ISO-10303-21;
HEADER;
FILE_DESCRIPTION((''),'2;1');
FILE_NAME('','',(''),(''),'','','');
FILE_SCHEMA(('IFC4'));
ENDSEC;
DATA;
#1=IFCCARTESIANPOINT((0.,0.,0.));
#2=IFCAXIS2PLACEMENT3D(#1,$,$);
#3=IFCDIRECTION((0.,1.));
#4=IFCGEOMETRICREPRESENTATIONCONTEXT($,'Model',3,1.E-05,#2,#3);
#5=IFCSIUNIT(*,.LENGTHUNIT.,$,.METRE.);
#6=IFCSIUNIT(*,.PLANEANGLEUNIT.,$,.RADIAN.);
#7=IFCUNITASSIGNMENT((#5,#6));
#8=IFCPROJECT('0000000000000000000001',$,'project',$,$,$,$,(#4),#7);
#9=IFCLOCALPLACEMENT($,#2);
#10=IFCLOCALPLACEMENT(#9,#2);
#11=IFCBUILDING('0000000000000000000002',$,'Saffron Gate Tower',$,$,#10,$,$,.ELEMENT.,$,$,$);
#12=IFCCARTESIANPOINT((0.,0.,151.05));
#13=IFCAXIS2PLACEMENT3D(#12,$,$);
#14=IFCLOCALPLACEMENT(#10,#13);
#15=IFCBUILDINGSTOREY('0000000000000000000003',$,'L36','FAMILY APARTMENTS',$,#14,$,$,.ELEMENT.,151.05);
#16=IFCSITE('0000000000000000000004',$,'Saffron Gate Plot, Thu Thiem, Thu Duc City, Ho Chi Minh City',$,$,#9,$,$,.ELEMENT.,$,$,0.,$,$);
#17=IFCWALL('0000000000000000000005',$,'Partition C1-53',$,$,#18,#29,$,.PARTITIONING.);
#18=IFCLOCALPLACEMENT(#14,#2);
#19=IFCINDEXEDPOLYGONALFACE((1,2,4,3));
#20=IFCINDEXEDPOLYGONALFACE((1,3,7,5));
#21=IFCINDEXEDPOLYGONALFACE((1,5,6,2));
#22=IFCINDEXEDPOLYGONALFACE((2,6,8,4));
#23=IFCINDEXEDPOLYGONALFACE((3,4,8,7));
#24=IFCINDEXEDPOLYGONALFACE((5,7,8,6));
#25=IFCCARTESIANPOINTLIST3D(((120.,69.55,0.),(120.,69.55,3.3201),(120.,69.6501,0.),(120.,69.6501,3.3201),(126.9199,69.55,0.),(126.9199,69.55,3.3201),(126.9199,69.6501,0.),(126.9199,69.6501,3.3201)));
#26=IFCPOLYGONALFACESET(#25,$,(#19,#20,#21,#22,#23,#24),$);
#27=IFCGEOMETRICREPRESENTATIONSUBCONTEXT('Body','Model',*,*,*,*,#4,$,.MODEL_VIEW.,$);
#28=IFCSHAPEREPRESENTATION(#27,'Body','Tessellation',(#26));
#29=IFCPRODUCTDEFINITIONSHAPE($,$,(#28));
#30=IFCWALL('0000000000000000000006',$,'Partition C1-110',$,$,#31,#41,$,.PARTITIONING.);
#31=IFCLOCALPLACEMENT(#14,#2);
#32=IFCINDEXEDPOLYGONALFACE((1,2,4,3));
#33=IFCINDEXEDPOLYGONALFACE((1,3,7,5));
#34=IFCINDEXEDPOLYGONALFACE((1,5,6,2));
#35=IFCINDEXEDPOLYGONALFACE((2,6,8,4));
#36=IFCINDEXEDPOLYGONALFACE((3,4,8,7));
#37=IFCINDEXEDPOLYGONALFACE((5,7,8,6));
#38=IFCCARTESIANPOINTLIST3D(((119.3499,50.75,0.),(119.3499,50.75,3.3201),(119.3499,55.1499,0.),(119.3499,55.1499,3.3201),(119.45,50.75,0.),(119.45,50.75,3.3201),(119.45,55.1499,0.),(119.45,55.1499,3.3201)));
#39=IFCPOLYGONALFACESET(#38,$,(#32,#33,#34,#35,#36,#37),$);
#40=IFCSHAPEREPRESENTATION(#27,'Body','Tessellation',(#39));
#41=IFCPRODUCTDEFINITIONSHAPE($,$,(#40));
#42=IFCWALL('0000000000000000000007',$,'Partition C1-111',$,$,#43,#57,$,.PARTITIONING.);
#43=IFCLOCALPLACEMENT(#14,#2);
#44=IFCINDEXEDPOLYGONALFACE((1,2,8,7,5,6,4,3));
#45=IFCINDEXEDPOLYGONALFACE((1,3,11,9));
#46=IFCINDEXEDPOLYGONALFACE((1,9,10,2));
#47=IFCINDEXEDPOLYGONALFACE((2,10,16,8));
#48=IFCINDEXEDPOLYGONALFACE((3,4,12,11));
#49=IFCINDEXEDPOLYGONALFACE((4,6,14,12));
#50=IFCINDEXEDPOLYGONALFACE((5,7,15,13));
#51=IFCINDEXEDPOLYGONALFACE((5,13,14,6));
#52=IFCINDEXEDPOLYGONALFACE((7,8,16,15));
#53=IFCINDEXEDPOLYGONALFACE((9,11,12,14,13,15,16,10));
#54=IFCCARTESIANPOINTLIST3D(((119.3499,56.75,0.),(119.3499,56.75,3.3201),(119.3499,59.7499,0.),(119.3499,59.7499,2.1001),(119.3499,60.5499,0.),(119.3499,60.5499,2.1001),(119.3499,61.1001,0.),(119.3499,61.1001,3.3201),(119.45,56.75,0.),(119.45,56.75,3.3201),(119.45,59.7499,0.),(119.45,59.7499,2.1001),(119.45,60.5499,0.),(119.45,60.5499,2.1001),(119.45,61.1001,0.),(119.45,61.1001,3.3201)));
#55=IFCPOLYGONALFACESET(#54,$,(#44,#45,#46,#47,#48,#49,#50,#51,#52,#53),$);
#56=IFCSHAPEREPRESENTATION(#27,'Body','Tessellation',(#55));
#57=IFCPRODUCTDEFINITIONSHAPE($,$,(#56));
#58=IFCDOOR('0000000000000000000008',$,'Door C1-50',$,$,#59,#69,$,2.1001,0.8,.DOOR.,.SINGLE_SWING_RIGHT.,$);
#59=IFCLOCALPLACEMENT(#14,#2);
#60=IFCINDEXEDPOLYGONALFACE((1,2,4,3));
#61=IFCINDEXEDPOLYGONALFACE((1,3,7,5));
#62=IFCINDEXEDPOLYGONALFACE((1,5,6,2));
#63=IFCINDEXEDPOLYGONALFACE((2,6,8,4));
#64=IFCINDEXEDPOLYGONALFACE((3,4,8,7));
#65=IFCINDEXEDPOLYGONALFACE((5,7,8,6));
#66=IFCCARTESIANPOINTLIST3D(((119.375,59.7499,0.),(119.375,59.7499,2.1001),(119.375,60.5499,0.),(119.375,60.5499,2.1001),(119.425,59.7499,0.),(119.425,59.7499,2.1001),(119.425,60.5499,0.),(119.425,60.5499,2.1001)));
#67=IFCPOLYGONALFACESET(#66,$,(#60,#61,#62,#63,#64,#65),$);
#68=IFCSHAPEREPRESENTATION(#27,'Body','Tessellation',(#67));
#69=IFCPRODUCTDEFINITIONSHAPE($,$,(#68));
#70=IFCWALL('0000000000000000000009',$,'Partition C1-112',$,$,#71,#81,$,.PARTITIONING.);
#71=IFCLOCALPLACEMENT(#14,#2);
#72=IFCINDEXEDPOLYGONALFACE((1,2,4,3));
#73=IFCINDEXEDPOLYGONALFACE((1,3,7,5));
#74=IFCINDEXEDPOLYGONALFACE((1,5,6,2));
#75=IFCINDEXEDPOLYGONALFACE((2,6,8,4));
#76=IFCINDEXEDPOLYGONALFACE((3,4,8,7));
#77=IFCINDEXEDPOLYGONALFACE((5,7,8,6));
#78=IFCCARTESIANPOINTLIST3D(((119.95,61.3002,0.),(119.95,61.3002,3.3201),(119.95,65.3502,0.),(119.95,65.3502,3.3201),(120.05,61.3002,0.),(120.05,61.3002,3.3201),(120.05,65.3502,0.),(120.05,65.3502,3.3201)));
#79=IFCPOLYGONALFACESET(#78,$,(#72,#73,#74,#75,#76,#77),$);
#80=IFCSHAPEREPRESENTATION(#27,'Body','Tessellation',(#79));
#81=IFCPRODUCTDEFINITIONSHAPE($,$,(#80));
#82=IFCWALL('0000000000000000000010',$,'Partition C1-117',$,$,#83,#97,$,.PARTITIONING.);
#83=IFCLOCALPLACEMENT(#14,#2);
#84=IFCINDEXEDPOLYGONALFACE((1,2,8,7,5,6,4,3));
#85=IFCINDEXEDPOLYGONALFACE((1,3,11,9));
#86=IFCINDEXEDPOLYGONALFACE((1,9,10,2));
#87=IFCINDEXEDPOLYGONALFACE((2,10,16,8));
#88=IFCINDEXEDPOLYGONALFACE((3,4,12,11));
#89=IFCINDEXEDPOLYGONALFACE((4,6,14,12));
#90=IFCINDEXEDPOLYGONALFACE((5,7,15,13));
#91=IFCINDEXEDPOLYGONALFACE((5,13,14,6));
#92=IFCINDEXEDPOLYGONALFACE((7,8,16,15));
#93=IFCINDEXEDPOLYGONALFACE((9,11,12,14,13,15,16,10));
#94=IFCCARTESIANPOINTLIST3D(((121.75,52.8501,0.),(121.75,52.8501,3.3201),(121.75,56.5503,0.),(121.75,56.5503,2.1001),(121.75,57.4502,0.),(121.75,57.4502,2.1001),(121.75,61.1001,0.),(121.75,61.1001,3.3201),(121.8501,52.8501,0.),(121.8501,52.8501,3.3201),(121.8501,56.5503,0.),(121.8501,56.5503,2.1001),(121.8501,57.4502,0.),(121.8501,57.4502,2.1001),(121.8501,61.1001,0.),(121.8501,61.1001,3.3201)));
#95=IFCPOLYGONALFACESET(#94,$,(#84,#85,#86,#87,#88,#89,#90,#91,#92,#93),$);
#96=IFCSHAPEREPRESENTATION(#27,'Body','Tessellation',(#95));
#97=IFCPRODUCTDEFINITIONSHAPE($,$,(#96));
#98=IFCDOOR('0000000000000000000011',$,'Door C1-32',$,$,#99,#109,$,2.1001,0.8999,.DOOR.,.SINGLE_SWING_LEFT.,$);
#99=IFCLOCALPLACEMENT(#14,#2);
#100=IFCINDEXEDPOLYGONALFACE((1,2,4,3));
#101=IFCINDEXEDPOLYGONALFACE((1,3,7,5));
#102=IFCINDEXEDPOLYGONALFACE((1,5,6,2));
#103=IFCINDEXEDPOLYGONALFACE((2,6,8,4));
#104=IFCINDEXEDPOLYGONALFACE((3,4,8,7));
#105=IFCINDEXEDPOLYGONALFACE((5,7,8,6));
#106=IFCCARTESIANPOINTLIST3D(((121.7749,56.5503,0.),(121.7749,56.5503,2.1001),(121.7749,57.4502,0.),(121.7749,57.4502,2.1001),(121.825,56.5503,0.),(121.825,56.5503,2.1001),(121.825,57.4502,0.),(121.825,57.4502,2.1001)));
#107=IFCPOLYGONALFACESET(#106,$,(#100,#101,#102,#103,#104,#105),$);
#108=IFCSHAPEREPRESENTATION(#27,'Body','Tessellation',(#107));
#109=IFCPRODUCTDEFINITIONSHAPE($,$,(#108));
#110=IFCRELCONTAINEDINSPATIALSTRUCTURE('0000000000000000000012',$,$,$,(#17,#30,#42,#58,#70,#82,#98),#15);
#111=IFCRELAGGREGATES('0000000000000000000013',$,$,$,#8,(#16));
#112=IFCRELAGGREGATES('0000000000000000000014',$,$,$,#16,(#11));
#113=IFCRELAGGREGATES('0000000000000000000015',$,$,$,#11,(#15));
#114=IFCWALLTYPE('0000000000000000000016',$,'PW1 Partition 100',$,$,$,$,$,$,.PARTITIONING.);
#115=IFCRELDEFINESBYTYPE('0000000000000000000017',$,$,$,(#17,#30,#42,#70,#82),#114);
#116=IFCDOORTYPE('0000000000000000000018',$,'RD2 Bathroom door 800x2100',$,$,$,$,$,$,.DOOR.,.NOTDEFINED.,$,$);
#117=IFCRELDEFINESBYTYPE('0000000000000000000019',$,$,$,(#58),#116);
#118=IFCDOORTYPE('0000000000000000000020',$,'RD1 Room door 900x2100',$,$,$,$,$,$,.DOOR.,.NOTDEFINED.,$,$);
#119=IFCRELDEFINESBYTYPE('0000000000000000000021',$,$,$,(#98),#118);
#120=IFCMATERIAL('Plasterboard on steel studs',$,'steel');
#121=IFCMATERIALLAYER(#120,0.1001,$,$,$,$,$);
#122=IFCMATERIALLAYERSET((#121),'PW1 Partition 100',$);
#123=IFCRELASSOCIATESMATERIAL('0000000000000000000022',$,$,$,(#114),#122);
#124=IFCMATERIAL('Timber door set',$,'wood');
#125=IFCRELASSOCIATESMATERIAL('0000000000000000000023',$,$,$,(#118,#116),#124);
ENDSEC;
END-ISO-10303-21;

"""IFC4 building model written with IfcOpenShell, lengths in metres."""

from ifc_helpers import new_model, si_unit, direction, frame, frame_2d, origin, place, context, subcontext, project, spatial, rectangle, extrude, material, layer, layer_set, type_object, element, fill, save


model = new_model("IFC4")

# Units and contexts
model_context = context("Model", 3, precision=1e-05, world=origin(), true_north=direction((0.0, 1.0)))
body_context = subcontext(model_context, "Body", "Model", "MODEL_VIEW")
ifc_project = project(units=[si_unit("LENGTHUNIT", "METRE"), si_unit("PLANEANGLEUNIT", "RADIAN")], contexts=[model_context])

# Site, building, storey
site_placement = place(None, origin())
site = spatial("IfcSite", under=ifc_project, at=site_placement, Name="Saffron Gate Plot, Thu Thiem, Thu Duc City, Ho Chi Minh City", CompositionType="ELEMENT", RefElevation=0.0)
building_placement = place(site_placement, origin())
building = spatial("IfcBuilding", under=site, at=building_placement, Name="Saffron Gate Tower", CompositionType="ELEMENT")
storey_placement = place(building_placement, frame((0.0, 0.0, 151.05)))
storey = spatial("IfcBuildingStorey", under=building, at=storey_placement, Name="L36", Description="FAMILY APARTMENTS", CompositionType="ELEMENT", Elevation=151.05)

# Shared definitions
ifc_material_1 = material(Name="Plasterboard on steel studs", Category="steel")
ifc_layer = layer(ifc_material_1, 0.1001)
ifc_layer_set = layer_set([ifc_layer], Name="PW1 Partition 100")
wall_type = type_object("IfcWallType", Name="PW1 Partition 100", PredefinedType="PARTITIONING", material=ifc_layer_set)
ifc_material_2 = material(Name="Timber door set", Category="wood")
door_type_1 = type_object("IfcDoorType", Name="RD1 Room door 900x2100", OperationType="NOTDEFINED", PredefinedType="DOOR", material=ifc_material_2)

# Walls
wall_1_placement = place(storey_placement, frame((120.0, 69.6001, 0.0), z_axis=(0.0, 0.0, 1.0), x_axis=(1.0, 0.0, 0.0)))
element("IfcWall", 1, at=wall_1_placement, inside=storey, type_object=wall_type, Name="Partition C1-53", PredefinedType="PARTITIONING", context=body_context, shape_type="SweptSolid", body=[
    extrude(rectangle(XDim=6.9199, YDim=0.1001, at=frame_2d((3.46, 0.0))), origin(), (0.0, 0.0, 1.0), 3.3201),
])
wall_2_placement = place(storey_placement, frame((119.3999, 55.1499, 0.0), z_axis=(0.0, 0.0, 1.0), x_axis=(0.0, -1.0, 0.0)))
element("IfcWall", 2, at=wall_2_placement, inside=storey, type_object=wall_type, Name="Partition C1-110", PredefinedType="PARTITIONING", context=body_context, shape_type="SweptSolid", body=[
    extrude(rectangle(XDim=4.3999, YDim=0.1001, at=frame_2d((2.2, 0.0))), origin(), (0.0, 0.0, 1.0), 3.3201),
])

# Wall, opening, door
wall_3_placement = place(storey_placement, frame((119.3999, 56.75, 0.0), z_axis=(0.0, 0.0, 1.0), x_axis=(0.0, 1.0, 0.0)))
wall_3 = element("IfcWall", 3, at=wall_3_placement, inside=storey, type_object=wall_type, Name="Partition C1-111", PredefinedType="PARTITIONING", context=body_context, shape_type="SweptSolid", body=[
    extrude(rectangle(XDim=4.3501, YDim=0.1001, at=frame_2d((2.175, 0.0))), origin(), (0.0, 0.0, 1.0), 3.3201),
])
opening_1_placement = place(wall_3_placement, frame((3.0, 0.0, 0.0)))
opening_1 = element("IfcOpeningElement", 4, at=opening_1_placement, cuts=wall_3, PredefinedType="OPENING", context=body_context, shape_type="SweptSolid", body=[
    extrude(rectangle(XDim=0.8, YDim=2.1001, at=frame_2d((0.3999, 1.05))), frame((0.0, 0.0601, 0.0), z_axis=(0.0, -1.0, 0.0), x_axis=(1.0, 0.0, 0.0)), (0.0, 0.0, 1.0), 0.1201),
])
door_type_2 = type_object("IfcDoorType", Name="RD2 Bathroom door 800x2100", OperationType="NOTDEFINED", PredefinedType="DOOR", material=ifc_material_2)
door_1_placement = place(opening_1_placement, origin())
door_1 = element("IfcDoor", 5, at=door_1_placement, inside=storey, type_object=door_type_2, Name="Door C1-50", OperationType="SINGLE_SWING_RIGHT", OverallHeight=2.1001, OverallWidth=0.8, PredefinedType="DOOR", context=body_context, shape_type="SweptSolid", body=[
    extrude(rectangle(XDim=0.8, YDim=2.1001, at=frame_2d((0.3999, 1.05))), frame((0.0, 0.0249, 0.0), z_axis=(0.0, -1.0, 0.0), x_axis=(1.0, 0.0, 0.0)), (0.0, 0.0, 1.0), 0.05),
])
fill(opening_1, door_1)

# Wall
wall_4_placement = place(storey_placement, frame((120.0, 65.3501, 0.0), z_axis=(0.0, 0.0, 1.0), x_axis=(0.0, -1.0, 0.0)))
element("IfcWall", 6, at=wall_4_placement, inside=storey, type_object=wall_type, Name="Partition C1-112", PredefinedType="PARTITIONING", context=body_context, shape_type="SweptSolid", body=[
    extrude(rectangle(XDim=4.05, YDim=0.1001, at=frame_2d((2.0249, 0.0))), origin(), (0.0, 0.0, 1.0), 3.3201),
])

# Wall, opening, door
wall_5_placement = place(storey_placement, frame((121.8, 61.1001, 0.0), z_axis=(0.0, 0.0, 1.0), x_axis=(0.0, -1.0, 0.0)))
wall_5 = element("IfcWall", 7, at=wall_5_placement, inside=storey, type_object=wall_type, Name="Partition C1-117", PredefinedType="PARTITIONING", context=body_context, shape_type="SweptSolid", body=[
    extrude(rectangle(XDim=8.25, YDim=0.1001, at=frame_2d((4.125, 0.0))), origin(), (0.0, 0.0, 1.0), 3.3201),
])
opening_2_placement = place(wall_5_placement, frame((3.6499, 0.0, 0.0)))
opening_2 = element("IfcOpeningElement", 8, at=opening_2_placement, cuts=wall_5, PredefinedType="OPENING", context=body_context, shape_type="SweptSolid", body=[
    extrude(rectangle(XDim=0.8999, YDim=2.1001, at=frame_2d((0.45, 1.05))), frame((0.0, 0.0601, 0.0), z_axis=(0.0, -1.0, 0.0), x_axis=(1.0, 0.0, 0.0)), (0.0, 0.0, 1.0), 0.1201),
])
door_2_placement = place(opening_2_placement, origin())
door_2 = element("IfcDoor", 9, at=door_2_placement, inside=storey, type_object=door_type_1, Name="Door C1-32", OperationType="SINGLE_SWING_LEFT", OverallHeight=2.1001, OverallWidth=0.8999, PredefinedType="DOOR", context=body_context, shape_type="SweptSolid", body=[
    extrude(rectangle(XDim=0.8999, YDim=2.1001, at=frame_2d((0.45, 1.05))), frame((0.0, 0.0249, 0.0), z_axis=(0.0, -1.0, 0.0), x_axis=(1.0, 0.0, 0.0)), (0.0, 0.0, 1.0), 0.05),
])
fill(opening_2, door_2)

save(model, "model.ifc")
